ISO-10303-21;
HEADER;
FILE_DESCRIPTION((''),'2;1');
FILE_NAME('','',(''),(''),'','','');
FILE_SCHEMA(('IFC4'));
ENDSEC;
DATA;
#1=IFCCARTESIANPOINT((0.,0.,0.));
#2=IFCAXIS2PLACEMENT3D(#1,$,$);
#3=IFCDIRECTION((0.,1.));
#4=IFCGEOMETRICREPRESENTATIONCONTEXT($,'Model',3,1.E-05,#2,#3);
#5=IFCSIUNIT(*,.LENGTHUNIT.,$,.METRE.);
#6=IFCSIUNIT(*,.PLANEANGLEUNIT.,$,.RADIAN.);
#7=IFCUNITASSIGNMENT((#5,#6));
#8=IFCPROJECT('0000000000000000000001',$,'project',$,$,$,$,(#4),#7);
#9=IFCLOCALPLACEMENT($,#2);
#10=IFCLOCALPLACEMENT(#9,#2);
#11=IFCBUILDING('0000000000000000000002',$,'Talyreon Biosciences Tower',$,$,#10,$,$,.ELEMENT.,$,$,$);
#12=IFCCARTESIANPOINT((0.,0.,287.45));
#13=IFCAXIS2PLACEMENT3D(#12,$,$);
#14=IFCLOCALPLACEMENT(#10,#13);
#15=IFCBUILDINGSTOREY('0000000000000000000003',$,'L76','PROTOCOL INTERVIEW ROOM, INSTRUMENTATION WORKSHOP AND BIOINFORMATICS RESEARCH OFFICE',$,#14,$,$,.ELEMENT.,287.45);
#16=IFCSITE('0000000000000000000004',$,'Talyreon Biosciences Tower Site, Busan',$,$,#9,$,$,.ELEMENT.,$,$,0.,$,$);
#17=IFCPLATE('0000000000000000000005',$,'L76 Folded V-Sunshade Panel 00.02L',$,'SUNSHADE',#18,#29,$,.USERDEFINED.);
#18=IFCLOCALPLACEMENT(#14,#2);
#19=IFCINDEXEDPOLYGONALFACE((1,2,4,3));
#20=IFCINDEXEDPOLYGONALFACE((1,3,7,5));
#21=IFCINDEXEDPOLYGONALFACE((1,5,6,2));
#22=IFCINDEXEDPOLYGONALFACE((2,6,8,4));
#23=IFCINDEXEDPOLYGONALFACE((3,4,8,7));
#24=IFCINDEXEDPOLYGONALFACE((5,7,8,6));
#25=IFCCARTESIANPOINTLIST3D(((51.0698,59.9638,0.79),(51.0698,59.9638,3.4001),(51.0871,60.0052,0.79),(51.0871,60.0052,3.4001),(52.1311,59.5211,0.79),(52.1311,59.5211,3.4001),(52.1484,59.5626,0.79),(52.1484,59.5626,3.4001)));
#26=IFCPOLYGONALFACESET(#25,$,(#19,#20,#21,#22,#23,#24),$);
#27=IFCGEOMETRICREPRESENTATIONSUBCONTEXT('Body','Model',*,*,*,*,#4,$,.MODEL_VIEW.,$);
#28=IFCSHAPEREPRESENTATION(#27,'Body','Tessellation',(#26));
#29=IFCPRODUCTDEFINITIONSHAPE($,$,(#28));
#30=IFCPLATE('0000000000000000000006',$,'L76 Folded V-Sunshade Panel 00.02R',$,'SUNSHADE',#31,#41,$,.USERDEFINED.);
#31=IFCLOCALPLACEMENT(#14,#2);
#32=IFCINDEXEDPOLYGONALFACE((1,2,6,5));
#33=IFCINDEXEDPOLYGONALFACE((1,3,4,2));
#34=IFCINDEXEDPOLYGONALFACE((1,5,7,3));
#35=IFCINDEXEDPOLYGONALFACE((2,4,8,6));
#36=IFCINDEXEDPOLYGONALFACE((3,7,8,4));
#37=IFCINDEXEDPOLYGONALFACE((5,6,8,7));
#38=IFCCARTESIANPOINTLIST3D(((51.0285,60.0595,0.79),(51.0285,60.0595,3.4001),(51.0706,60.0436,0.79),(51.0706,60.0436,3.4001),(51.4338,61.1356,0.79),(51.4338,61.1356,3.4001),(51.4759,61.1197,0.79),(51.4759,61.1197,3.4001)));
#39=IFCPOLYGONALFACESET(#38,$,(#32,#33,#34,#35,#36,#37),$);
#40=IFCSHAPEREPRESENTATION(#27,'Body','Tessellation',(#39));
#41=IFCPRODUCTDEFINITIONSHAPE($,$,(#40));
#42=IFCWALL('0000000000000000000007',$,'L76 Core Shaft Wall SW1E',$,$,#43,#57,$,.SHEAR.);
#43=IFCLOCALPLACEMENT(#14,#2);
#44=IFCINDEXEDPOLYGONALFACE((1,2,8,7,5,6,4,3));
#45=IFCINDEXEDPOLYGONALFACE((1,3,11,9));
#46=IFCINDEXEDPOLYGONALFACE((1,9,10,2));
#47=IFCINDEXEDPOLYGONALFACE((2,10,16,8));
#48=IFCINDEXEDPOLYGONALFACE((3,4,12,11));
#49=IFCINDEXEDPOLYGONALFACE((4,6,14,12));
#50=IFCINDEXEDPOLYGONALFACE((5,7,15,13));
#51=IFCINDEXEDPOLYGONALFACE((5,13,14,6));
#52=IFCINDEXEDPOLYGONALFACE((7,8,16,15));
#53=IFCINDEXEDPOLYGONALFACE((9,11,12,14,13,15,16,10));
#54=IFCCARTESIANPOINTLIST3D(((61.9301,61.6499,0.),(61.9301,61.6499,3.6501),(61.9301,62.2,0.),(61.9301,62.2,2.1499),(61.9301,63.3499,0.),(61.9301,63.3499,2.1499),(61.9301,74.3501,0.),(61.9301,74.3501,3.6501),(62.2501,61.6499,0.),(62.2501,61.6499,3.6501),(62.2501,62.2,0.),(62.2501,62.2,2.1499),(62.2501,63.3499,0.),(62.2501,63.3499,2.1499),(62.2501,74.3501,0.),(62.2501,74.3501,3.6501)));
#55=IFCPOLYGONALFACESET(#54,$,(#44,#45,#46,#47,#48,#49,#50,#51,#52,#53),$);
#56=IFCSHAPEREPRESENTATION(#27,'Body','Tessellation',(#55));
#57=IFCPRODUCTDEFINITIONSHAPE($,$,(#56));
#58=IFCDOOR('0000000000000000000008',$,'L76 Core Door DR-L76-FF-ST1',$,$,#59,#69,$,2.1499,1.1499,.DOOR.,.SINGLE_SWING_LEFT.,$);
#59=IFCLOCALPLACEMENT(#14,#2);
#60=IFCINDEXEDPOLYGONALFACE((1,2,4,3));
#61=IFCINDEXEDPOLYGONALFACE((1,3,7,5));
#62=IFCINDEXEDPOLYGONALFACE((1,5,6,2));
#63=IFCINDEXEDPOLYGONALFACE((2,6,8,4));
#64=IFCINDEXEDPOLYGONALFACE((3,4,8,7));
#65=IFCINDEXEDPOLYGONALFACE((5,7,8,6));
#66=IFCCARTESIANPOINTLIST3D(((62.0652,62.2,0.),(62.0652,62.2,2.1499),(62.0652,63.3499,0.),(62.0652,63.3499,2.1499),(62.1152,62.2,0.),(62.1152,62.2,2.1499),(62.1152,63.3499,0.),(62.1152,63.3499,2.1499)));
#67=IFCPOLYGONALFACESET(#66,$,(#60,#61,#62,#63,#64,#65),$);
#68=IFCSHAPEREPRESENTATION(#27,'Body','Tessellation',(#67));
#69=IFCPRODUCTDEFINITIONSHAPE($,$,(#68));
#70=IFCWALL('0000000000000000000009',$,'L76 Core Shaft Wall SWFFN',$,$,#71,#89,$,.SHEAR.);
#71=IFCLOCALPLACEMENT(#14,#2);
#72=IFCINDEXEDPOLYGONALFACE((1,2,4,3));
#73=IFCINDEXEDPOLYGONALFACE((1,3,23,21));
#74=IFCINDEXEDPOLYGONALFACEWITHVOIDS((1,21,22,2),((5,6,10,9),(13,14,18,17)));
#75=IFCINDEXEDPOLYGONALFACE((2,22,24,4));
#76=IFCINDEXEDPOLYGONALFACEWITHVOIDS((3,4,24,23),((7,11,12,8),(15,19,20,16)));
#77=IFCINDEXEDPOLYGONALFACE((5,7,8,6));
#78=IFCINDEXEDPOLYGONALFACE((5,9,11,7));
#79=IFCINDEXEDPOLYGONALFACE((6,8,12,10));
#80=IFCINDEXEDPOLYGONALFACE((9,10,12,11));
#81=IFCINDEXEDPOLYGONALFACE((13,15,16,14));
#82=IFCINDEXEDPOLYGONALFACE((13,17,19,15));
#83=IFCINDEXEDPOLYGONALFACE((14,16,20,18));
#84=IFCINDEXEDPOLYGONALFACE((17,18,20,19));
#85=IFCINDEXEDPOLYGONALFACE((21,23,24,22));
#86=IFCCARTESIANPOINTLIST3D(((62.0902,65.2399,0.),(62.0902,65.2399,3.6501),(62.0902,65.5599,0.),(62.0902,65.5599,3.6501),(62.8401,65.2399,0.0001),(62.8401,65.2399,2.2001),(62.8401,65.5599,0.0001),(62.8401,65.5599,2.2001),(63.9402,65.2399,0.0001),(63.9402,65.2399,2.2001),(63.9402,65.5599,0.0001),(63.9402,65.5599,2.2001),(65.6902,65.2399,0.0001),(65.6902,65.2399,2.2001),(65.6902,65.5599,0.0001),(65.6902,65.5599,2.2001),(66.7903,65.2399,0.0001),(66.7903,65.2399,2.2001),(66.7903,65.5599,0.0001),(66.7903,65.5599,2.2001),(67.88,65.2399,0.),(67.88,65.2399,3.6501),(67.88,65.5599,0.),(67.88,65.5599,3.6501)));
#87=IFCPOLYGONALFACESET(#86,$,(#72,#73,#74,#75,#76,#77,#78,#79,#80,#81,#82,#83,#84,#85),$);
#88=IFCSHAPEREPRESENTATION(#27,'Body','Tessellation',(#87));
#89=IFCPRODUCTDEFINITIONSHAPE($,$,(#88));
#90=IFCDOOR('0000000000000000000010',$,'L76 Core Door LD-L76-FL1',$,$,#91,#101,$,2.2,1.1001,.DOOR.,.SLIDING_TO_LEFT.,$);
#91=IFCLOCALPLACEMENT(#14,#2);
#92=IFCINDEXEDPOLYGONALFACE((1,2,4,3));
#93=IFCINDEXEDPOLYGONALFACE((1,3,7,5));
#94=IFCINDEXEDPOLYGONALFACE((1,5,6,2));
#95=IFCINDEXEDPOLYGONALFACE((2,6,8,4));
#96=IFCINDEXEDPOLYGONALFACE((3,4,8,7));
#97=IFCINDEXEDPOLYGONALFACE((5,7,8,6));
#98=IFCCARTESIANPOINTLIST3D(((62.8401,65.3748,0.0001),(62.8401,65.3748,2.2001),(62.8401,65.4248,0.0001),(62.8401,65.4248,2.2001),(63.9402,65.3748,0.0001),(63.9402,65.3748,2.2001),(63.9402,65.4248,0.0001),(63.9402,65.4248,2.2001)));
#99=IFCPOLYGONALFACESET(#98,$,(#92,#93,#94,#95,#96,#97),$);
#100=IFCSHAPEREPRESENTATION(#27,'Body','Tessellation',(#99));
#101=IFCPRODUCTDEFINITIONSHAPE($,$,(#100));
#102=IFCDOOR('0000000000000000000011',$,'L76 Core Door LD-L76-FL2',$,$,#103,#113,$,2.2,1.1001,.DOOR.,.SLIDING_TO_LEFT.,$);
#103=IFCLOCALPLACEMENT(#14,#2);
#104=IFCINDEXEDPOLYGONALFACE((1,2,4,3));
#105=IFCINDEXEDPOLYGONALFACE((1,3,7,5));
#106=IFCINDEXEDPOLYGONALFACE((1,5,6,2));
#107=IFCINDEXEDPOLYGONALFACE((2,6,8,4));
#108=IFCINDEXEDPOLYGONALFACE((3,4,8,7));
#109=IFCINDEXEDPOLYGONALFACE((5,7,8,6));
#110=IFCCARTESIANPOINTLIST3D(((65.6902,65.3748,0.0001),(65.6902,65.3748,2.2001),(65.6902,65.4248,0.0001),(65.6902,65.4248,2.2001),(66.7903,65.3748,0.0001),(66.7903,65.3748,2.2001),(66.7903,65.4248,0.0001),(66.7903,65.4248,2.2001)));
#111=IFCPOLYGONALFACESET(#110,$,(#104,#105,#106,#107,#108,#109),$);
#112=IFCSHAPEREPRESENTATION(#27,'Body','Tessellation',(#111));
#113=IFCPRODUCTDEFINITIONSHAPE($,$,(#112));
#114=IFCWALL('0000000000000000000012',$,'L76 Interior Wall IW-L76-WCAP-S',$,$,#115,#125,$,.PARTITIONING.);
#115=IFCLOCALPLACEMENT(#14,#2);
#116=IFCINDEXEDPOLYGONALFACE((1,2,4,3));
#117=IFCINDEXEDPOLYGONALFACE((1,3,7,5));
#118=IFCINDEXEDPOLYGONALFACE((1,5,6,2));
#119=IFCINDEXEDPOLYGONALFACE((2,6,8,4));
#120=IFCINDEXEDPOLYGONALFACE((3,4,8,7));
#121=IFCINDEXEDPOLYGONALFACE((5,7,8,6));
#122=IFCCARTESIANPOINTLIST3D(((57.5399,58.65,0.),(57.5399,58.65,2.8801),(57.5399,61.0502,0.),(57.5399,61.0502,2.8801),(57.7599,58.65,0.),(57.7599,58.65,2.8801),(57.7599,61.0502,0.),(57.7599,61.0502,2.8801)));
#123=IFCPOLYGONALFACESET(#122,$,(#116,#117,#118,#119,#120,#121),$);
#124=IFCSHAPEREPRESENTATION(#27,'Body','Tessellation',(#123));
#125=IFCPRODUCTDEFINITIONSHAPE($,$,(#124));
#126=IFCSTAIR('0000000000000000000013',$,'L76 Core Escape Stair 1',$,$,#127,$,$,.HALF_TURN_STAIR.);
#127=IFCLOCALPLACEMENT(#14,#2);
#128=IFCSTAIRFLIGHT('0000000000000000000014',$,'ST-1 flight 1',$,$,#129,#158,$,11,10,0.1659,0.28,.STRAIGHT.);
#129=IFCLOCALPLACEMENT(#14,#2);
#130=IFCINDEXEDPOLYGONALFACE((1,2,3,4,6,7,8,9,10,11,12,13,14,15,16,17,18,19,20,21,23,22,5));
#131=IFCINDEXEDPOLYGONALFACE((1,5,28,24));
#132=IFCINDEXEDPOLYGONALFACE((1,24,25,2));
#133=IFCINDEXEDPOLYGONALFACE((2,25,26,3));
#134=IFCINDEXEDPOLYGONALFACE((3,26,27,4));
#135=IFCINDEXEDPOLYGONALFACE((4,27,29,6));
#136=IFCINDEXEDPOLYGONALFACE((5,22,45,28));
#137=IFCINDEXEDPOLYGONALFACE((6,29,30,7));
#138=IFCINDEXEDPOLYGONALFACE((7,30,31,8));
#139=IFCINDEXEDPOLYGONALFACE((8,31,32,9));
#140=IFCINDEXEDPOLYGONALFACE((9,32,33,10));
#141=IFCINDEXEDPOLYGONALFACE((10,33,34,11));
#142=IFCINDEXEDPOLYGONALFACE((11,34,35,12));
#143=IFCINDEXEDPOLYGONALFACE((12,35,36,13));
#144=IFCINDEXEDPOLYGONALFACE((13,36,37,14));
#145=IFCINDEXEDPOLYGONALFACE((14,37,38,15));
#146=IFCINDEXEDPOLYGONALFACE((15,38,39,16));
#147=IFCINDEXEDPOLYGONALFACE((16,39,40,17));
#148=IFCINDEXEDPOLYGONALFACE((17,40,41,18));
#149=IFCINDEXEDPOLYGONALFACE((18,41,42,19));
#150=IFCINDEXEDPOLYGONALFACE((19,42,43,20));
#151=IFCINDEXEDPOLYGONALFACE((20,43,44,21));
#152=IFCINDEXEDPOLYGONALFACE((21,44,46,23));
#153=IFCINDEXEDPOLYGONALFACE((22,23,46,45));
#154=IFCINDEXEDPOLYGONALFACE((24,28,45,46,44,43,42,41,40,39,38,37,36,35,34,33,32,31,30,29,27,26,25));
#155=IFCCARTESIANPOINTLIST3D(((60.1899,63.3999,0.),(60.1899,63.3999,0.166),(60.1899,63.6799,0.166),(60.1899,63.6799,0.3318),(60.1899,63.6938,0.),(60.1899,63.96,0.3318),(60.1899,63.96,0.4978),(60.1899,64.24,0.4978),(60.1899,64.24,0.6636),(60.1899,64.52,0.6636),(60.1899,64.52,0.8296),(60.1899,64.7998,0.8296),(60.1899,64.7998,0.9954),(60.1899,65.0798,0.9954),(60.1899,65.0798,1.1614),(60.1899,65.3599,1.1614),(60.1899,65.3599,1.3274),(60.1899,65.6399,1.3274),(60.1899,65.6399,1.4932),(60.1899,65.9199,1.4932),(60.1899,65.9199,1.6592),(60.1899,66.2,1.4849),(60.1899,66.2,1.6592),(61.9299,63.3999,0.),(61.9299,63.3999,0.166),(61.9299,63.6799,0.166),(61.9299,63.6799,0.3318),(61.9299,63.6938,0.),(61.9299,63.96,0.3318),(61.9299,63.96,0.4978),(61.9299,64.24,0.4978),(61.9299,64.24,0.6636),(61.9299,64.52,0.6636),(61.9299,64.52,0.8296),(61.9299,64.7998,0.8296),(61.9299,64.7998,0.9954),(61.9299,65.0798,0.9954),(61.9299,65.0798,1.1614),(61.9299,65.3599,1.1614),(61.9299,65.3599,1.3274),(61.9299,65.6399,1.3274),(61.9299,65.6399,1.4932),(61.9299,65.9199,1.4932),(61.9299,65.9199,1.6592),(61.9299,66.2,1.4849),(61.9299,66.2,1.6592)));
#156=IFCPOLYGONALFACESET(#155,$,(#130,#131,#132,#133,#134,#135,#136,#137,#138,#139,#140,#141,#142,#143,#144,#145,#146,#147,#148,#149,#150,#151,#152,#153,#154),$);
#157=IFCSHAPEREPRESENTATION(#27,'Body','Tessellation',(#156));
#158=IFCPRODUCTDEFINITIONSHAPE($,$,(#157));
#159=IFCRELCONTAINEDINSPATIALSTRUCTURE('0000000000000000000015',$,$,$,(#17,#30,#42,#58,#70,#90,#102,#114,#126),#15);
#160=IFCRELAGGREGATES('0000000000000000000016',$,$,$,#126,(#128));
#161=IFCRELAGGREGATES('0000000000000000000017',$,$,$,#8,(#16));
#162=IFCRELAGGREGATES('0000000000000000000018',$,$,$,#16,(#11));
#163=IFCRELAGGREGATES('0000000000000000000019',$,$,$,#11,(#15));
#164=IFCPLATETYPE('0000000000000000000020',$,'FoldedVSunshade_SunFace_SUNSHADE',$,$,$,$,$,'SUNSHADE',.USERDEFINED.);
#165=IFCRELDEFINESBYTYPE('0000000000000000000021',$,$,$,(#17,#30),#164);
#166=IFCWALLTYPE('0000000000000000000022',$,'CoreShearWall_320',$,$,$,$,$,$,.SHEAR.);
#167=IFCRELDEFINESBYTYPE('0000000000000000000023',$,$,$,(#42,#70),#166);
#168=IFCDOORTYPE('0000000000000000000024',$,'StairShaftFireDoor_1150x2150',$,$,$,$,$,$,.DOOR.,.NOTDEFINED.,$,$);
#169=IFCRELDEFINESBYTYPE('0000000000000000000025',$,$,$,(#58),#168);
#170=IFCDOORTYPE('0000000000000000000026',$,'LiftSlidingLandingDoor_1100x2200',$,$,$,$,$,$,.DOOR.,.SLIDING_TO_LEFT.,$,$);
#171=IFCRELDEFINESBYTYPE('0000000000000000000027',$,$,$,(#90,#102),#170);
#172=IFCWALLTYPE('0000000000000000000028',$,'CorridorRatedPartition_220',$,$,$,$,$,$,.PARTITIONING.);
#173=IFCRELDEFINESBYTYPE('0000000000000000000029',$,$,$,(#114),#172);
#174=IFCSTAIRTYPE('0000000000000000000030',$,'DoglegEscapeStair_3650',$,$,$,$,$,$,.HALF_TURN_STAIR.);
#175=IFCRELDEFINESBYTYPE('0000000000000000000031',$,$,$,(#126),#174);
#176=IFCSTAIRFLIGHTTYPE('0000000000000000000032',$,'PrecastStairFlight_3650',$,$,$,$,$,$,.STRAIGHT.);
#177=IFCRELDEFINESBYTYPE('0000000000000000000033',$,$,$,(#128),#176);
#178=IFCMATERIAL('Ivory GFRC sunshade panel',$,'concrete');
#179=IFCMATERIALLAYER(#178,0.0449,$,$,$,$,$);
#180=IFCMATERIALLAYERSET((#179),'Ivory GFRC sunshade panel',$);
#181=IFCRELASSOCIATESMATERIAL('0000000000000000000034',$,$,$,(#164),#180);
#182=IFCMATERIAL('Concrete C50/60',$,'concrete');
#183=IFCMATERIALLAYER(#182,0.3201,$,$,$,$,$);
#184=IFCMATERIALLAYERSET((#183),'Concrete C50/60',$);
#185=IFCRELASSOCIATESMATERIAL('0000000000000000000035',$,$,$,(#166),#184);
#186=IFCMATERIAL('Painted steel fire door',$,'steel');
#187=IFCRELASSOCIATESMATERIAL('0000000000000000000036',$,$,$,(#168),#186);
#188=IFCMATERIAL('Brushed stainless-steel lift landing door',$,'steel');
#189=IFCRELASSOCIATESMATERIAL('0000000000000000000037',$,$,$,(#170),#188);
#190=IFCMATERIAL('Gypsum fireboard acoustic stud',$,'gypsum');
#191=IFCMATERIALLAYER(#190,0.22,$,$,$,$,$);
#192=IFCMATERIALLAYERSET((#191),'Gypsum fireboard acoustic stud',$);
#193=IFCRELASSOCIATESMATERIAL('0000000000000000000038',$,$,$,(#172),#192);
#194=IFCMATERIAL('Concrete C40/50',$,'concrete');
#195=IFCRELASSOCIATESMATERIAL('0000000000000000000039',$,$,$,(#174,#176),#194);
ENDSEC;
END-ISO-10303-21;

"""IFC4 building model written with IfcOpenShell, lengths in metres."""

from ifc_helpers import new_model, si_unit, direction, frame, frame_2d, origin, origin_2d, place, context, subcontext, project, spatial, polyline, rectangle, outline, extrude, material, layer, layer_set, type_object, element, fill, aggregate, save


model = new_model("IFC4")

# Units and contexts
model_context = context("Model", 3, precision=1e-05, world=origin(), true_north=direction((0.0, 1.0)))
body_context = subcontext(model_context, "Body", "Model", "MODEL_VIEW")
ifc_project = project(units=[si_unit("LENGTHUNIT", "METRE"), si_unit("PLANEANGLEUNIT", "RADIAN")], contexts=[model_context])

# Site, building, storey
site_placement = place(None, origin())
site = spatial("IfcSite", under=ifc_project, at=site_placement, Name="Talyreon Biosciences Tower Site, Busan", CompositionType="ELEMENT", RefElevation=0.0)
building_placement = place(site_placement, origin())
building = spatial("IfcBuilding", under=site, at=building_placement, Name="Talyreon Biosciences Tower", CompositionType="ELEMENT")
storey_placement = place(building_placement, frame((0.0, 0.0, 287.45)))
storey = spatial("IfcBuildingStorey", under=building, at=storey_placement, Name="L76", Description="PROTOCOL INTERVIEW ROOM, INSTRUMENTATION WORKSHOP AND BIOINFORMATICS RESEARCH OFFICE", CompositionType="ELEMENT", Elevation=287.45)

# Shared definitions
ifc_material_1 = material(Name="Concrete C50/60", Category="concrete")

# Plates
ifc_material_2 = material(Name="Ivory GFRC sunshade panel", Category="concrete")
ifc_layer_1 = layer(ifc_material_2, 0.0449)
ifc_layer_set_1 = layer_set([ifc_layer_1], Name="Ivory GFRC sunshade panel")
plate_type = type_object("IfcPlateType", Name="FoldedVSunshade_SunFace_SUNSHADE", ElementType="SUNSHADE", PredefinedType="USERDEFINED", material=ifc_layer_set_1)
for number, where, z_axis, x_axis, name in (
    (1, (51.6091, 59.7632, 0.79), (0.0, 0.0, 1.0), (-0.922948, 0.384924, 0.0), "L76 Folded V-Sunshade Panel 00.02L"),
    (2, (51.2522, 60.5896, 0.79), (0.0, 0.0, 1.0), (0.352479, 0.93582, 0.0), "L76 Folded V-Sunshade Panel 00.02R"),
):
    element("IfcPlate", number, at=place(storey_placement, frame(where, z_axis=z_axis, x_axis=x_axis)), inside=storey, type_object=plate_type, Name=name, ObjectType="SUNSHADE", PredefinedType="USERDEFINED", context=body_context, shape_type="SweptSolid", body=[
        extrude(rectangle(XDim=1.1499, YDim=0.0449, at=origin_2d()), origin(), (0.0, 0.0, 1.0), 2.6101),
    ])

# Wall, opening, door
ifc_layer_2 = layer(ifc_material_1, 0.3201)
ifc_layer_set_2 = layer_set([ifc_layer_2], Name="Concrete C50/60")
wall_type_1 = type_object("IfcWallType", Name="CoreShearWall_320", PredefinedType="SHEAR", material=ifc_layer_set_2)
wall_1_placement = place(storey_placement, frame((62.0901, 61.6499, 0.0), z_axis=(0.0, 0.0, 1.0), x_axis=(0.0, 1.0, 0.0)))
wall_1 = element("IfcWall", 3, at=wall_1_placement, inside=storey, type_object=wall_type_1, Name="L76 Core Shaft Wall SW1E", PredefinedType="SHEAR", context=body_context, shape_type="SweptSolid", body=[
    extrude(rectangle(XDim=12.7002, YDim=0.3201, at=frame_2d((6.3501, 0.0))), origin(), (0.0, 0.0, 1.0), 3.6501),
])
opening_1_placement = place(wall_1_placement, frame((0.55, 0.0, 0.0)))
opening_1 = element("IfcOpeningElement", 4, at=opening_1_placement, cuts=wall_1, PredefinedType="OPENING", context=body_context, shape_type="SweptSolid", body=[
    extrude(rectangle(XDim=1.1499, YDim=2.1499, at=frame_2d((0.575, 1.075))), frame((0.0, 0.1699, 0.0), z_axis=(0.0, -1.0, 0.0), x_axis=(1.0, 0.0, 0.0)), (0.0, 0.0, 1.0), 0.3401),
])
ifc_material_3 = material(Name="Painted steel fire door", Category="steel")
door_type_1 = type_object("IfcDoorType", Name="StairShaftFireDoor_1150x2150", OperationType="NOTDEFINED", PredefinedType="DOOR", material=ifc_material_3)
door_1_placement = place(opening_1_placement, origin())
door_1 = element("IfcDoor", 5, at=door_1_placement, inside=storey, type_object=door_type_1, Name="L76 Core Door DR-L76-FF-ST1", OperationType="SINGLE_SWING_LEFT", OverallHeight=2.1499, OverallWidth=1.1499, PredefinedType="DOOR", context=body_context, shape_type="SweptSolid", body=[
    extrude(rectangle(XDim=1.1499, YDim=2.1499, at=frame_2d((0.575, 1.075))), frame((0.0, 0.0249, 0.0), z_axis=(0.0, -1.0, 0.0), x_axis=(1.0, 0.0, 0.0)), (0.0, 0.0, 1.0), 0.05),
])
fill(opening_1, door_1)

# Wall, openings, doors
wall_2_placement = place(storey_placement, frame((62.0901, 65.3999, 0.0), z_axis=(0.0, 0.0, 1.0), x_axis=(1.0, 0.0, 0.0)))
wall_2 = element("IfcWall", 6, at=wall_2_placement, inside=storey, type_object=wall_type_1, Name="L76 Core Shaft Wall SWFFN", PredefinedType="SHEAR", context=body_context, shape_type="SweptSolid", body=[
    extrude(rectangle(XDim=5.7898, YDim=0.3201, at=frame_2d((2.895, 0.0))), origin(), (0.0, 0.0, 1.0), 3.6501),
])
opening_2_placement = place(wall_2_placement, frame((0.75, 0.0, 0.0)))
opening_2 = element("IfcOpeningElement", 7, at=opening_2_placement, cuts=wall_2, PredefinedType="OPENING", context=body_context, shape_type="SweptSolid", body=[
    extrude(rectangle(XDim=1.1001, YDim=2.2, at=frame_2d((0.55, 1.1001))), frame((0.0, 0.1699, 0.0), z_axis=(0.0, -1.0, 0.0), x_axis=(1.0, 0.0, 0.0)), (0.0, 0.0, 1.0), 0.3401),
])
opening_3_placement = place(wall_2_placement, frame((3.6001, 0.0, 0.0)))
opening_3 = element("IfcOpeningElement", 8, at=opening_3_placement, cuts=wall_2, PredefinedType="OPENING", context=body_context, shape_type="SweptSolid", body=[
    extrude(rectangle(XDim=1.1001, YDim=2.2, at=frame_2d((0.55, 1.1001))), frame((0.0, 0.1699, 0.0), z_axis=(0.0, -1.0, 0.0), x_axis=(1.0, 0.0, 0.0)), (0.0, 0.0, 1.0), 0.3401),
])
ifc_material_4 = material(Name="Brushed stainless-steel lift landing door", Category="steel")
door_type_2 = type_object("IfcDoorType", Name="LiftSlidingLandingDoor_1100x2200", OperationType="SLIDING_TO_LEFT", PredefinedType="DOOR", material=ifc_material_4)
door_2_placement = place(opening_2_placement, origin())
door_2 = element("IfcDoor", 9, at=door_2_placement, inside=storey, type_object=door_type_2, Name="L76 Core Door LD-L76-FL1", OperationType="SLIDING_TO_LEFT", OverallHeight=2.2, OverallWidth=1.1001, PredefinedType="DOOR", context=body_context, shape_type="SweptSolid", body=[
    extrude(rectangle(XDim=1.1001, YDim=2.2, at=frame_2d((0.55, 1.1001))), frame((0.0, 0.0249, 0.0), z_axis=(0.0, -1.0, 0.0), x_axis=(1.0, 0.0, 0.0)), (0.0, 0.0, 1.0), 0.05),
])
fill(opening_2, door_2)
door_3_placement = place(opening_3_placement, origin())
door_3 = element("IfcDoor", 10, at=door_3_placement, inside=storey, type_object=door_type_2, Name="L76 Core Door LD-L76-FL2", OperationType="SLIDING_TO_LEFT", OverallHeight=2.2, OverallWidth=1.1001, PredefinedType="DOOR", context=body_context, shape_type="SweptSolid", body=[
    extrude(rectangle(XDim=1.1001, YDim=2.2, at=frame_2d((0.55, 1.1001))), frame((0.0, 0.0249, 0.0), z_axis=(0.0, -1.0, 0.0), x_axis=(1.0, 0.0, 0.0)), (0.0, 0.0, 1.0), 0.05),
])
fill(opening_3, door_3)

# Wall
ifc_material_5 = material(Name="Gypsum fireboard acoustic stud", Category="gypsum")
ifc_layer_3 = layer(ifc_material_5, 0.22)
ifc_layer_set_3 = layer_set([ifc_layer_3], Name="Gypsum fireboard acoustic stud")
wall_type_2 = type_object("IfcWallType", Name="CorridorRatedPartition_220", PredefinedType="PARTITIONING", material=ifc_layer_set_3)
wall_3_placement = place(storey_placement, frame((57.6499, 58.6499, 0.0), z_axis=(0.0, 0.0, 1.0), x_axis=(0.0, 1.0, 0.0)))
element("IfcWall", 11, at=wall_3_placement, inside=storey, type_object=wall_type_2, Name="L76 Interior Wall IW-L76-WCAP-S", PredefinedType="PARTITIONING", context=body_context, shape_type="SweptSolid", body=[
    extrude(rectangle(XDim=2.4001, YDim=0.22, at=frame_2d((1.2002, 0.0))), origin(), (0.0, 0.0, 1.0), 2.8801),
])

# Stair, stair flight
ifc_material_6 = material(Name="Concrete C40/50", Category="concrete")
stair_type = type_object("IfcStairType", Name="DoglegEscapeStair_3650", PredefinedType="HALF_TURN_STAIR", material=ifc_material_6)
stair_placement = place(storey_placement, origin())
stair = element("IfcStair", 12, at=stair_placement, inside=storey, type_object=stair_type, Name="L76 Core Escape Stair 1", PredefinedType="HALF_TURN_STAIR")
stair_flight_type = type_object("IfcStairFlightType", Name="PrecastStairFlight_3650", PredefinedType="STRAIGHT", material=ifc_material_6)
stair_flight_placement = place(storey_placement, frame((61.0601, 63.3999, 0.0), z_axis=(0.0, 0.0, 1.0), x_axis=(0.0, 1.0, 0.0)))
stair_flight = element("IfcStairFlight", 13, at=stair_flight_placement, type_object=stair_flight_type, Name="ST-1 flight 1", NumberOfRisers=11, NumberOfTreads=10, PredefinedType="STRAIGHT", RiserHeight=0.1659, TreadLength=0.28, context=body_context, shape_type="SweptSolid", body=[
    extrude(outline(polyline([(0.0, 0.0), (0.0, 0.166), (0.28, 0.166), (0.28, 0.3318), (0.5601, 0.3318), (0.5601, 0.4978), (0.8401, 0.4978), (0.8401, 0.6636), (1.1201, 0.6636), (1.1201, 0.8296), (1.3999, 0.8296), (1.3999, 0.9954), (1.6799, 0.9954), (1.6799, 1.1614), (1.96, 1.1614), (1.96, 1.3274), (2.24, 1.3274), (2.24, 1.4932), (2.52, 1.4932), (2.52, 1.6592), (2.8, 1.6592), (2.8, 1.825), (2.8, 1.4849), (0.2939, 0.0), (0.0, 0.0)])), frame((0.0, 0.8701, 0.0), z_axis=(0.0, -1.0, 0.0), x_axis=(1.0, 0.0, 0.0)), (0.0, 0.0, 1.0), 1.74),
])
aggregate(stair, [stair_flight])

save(model, "model.ifc")
